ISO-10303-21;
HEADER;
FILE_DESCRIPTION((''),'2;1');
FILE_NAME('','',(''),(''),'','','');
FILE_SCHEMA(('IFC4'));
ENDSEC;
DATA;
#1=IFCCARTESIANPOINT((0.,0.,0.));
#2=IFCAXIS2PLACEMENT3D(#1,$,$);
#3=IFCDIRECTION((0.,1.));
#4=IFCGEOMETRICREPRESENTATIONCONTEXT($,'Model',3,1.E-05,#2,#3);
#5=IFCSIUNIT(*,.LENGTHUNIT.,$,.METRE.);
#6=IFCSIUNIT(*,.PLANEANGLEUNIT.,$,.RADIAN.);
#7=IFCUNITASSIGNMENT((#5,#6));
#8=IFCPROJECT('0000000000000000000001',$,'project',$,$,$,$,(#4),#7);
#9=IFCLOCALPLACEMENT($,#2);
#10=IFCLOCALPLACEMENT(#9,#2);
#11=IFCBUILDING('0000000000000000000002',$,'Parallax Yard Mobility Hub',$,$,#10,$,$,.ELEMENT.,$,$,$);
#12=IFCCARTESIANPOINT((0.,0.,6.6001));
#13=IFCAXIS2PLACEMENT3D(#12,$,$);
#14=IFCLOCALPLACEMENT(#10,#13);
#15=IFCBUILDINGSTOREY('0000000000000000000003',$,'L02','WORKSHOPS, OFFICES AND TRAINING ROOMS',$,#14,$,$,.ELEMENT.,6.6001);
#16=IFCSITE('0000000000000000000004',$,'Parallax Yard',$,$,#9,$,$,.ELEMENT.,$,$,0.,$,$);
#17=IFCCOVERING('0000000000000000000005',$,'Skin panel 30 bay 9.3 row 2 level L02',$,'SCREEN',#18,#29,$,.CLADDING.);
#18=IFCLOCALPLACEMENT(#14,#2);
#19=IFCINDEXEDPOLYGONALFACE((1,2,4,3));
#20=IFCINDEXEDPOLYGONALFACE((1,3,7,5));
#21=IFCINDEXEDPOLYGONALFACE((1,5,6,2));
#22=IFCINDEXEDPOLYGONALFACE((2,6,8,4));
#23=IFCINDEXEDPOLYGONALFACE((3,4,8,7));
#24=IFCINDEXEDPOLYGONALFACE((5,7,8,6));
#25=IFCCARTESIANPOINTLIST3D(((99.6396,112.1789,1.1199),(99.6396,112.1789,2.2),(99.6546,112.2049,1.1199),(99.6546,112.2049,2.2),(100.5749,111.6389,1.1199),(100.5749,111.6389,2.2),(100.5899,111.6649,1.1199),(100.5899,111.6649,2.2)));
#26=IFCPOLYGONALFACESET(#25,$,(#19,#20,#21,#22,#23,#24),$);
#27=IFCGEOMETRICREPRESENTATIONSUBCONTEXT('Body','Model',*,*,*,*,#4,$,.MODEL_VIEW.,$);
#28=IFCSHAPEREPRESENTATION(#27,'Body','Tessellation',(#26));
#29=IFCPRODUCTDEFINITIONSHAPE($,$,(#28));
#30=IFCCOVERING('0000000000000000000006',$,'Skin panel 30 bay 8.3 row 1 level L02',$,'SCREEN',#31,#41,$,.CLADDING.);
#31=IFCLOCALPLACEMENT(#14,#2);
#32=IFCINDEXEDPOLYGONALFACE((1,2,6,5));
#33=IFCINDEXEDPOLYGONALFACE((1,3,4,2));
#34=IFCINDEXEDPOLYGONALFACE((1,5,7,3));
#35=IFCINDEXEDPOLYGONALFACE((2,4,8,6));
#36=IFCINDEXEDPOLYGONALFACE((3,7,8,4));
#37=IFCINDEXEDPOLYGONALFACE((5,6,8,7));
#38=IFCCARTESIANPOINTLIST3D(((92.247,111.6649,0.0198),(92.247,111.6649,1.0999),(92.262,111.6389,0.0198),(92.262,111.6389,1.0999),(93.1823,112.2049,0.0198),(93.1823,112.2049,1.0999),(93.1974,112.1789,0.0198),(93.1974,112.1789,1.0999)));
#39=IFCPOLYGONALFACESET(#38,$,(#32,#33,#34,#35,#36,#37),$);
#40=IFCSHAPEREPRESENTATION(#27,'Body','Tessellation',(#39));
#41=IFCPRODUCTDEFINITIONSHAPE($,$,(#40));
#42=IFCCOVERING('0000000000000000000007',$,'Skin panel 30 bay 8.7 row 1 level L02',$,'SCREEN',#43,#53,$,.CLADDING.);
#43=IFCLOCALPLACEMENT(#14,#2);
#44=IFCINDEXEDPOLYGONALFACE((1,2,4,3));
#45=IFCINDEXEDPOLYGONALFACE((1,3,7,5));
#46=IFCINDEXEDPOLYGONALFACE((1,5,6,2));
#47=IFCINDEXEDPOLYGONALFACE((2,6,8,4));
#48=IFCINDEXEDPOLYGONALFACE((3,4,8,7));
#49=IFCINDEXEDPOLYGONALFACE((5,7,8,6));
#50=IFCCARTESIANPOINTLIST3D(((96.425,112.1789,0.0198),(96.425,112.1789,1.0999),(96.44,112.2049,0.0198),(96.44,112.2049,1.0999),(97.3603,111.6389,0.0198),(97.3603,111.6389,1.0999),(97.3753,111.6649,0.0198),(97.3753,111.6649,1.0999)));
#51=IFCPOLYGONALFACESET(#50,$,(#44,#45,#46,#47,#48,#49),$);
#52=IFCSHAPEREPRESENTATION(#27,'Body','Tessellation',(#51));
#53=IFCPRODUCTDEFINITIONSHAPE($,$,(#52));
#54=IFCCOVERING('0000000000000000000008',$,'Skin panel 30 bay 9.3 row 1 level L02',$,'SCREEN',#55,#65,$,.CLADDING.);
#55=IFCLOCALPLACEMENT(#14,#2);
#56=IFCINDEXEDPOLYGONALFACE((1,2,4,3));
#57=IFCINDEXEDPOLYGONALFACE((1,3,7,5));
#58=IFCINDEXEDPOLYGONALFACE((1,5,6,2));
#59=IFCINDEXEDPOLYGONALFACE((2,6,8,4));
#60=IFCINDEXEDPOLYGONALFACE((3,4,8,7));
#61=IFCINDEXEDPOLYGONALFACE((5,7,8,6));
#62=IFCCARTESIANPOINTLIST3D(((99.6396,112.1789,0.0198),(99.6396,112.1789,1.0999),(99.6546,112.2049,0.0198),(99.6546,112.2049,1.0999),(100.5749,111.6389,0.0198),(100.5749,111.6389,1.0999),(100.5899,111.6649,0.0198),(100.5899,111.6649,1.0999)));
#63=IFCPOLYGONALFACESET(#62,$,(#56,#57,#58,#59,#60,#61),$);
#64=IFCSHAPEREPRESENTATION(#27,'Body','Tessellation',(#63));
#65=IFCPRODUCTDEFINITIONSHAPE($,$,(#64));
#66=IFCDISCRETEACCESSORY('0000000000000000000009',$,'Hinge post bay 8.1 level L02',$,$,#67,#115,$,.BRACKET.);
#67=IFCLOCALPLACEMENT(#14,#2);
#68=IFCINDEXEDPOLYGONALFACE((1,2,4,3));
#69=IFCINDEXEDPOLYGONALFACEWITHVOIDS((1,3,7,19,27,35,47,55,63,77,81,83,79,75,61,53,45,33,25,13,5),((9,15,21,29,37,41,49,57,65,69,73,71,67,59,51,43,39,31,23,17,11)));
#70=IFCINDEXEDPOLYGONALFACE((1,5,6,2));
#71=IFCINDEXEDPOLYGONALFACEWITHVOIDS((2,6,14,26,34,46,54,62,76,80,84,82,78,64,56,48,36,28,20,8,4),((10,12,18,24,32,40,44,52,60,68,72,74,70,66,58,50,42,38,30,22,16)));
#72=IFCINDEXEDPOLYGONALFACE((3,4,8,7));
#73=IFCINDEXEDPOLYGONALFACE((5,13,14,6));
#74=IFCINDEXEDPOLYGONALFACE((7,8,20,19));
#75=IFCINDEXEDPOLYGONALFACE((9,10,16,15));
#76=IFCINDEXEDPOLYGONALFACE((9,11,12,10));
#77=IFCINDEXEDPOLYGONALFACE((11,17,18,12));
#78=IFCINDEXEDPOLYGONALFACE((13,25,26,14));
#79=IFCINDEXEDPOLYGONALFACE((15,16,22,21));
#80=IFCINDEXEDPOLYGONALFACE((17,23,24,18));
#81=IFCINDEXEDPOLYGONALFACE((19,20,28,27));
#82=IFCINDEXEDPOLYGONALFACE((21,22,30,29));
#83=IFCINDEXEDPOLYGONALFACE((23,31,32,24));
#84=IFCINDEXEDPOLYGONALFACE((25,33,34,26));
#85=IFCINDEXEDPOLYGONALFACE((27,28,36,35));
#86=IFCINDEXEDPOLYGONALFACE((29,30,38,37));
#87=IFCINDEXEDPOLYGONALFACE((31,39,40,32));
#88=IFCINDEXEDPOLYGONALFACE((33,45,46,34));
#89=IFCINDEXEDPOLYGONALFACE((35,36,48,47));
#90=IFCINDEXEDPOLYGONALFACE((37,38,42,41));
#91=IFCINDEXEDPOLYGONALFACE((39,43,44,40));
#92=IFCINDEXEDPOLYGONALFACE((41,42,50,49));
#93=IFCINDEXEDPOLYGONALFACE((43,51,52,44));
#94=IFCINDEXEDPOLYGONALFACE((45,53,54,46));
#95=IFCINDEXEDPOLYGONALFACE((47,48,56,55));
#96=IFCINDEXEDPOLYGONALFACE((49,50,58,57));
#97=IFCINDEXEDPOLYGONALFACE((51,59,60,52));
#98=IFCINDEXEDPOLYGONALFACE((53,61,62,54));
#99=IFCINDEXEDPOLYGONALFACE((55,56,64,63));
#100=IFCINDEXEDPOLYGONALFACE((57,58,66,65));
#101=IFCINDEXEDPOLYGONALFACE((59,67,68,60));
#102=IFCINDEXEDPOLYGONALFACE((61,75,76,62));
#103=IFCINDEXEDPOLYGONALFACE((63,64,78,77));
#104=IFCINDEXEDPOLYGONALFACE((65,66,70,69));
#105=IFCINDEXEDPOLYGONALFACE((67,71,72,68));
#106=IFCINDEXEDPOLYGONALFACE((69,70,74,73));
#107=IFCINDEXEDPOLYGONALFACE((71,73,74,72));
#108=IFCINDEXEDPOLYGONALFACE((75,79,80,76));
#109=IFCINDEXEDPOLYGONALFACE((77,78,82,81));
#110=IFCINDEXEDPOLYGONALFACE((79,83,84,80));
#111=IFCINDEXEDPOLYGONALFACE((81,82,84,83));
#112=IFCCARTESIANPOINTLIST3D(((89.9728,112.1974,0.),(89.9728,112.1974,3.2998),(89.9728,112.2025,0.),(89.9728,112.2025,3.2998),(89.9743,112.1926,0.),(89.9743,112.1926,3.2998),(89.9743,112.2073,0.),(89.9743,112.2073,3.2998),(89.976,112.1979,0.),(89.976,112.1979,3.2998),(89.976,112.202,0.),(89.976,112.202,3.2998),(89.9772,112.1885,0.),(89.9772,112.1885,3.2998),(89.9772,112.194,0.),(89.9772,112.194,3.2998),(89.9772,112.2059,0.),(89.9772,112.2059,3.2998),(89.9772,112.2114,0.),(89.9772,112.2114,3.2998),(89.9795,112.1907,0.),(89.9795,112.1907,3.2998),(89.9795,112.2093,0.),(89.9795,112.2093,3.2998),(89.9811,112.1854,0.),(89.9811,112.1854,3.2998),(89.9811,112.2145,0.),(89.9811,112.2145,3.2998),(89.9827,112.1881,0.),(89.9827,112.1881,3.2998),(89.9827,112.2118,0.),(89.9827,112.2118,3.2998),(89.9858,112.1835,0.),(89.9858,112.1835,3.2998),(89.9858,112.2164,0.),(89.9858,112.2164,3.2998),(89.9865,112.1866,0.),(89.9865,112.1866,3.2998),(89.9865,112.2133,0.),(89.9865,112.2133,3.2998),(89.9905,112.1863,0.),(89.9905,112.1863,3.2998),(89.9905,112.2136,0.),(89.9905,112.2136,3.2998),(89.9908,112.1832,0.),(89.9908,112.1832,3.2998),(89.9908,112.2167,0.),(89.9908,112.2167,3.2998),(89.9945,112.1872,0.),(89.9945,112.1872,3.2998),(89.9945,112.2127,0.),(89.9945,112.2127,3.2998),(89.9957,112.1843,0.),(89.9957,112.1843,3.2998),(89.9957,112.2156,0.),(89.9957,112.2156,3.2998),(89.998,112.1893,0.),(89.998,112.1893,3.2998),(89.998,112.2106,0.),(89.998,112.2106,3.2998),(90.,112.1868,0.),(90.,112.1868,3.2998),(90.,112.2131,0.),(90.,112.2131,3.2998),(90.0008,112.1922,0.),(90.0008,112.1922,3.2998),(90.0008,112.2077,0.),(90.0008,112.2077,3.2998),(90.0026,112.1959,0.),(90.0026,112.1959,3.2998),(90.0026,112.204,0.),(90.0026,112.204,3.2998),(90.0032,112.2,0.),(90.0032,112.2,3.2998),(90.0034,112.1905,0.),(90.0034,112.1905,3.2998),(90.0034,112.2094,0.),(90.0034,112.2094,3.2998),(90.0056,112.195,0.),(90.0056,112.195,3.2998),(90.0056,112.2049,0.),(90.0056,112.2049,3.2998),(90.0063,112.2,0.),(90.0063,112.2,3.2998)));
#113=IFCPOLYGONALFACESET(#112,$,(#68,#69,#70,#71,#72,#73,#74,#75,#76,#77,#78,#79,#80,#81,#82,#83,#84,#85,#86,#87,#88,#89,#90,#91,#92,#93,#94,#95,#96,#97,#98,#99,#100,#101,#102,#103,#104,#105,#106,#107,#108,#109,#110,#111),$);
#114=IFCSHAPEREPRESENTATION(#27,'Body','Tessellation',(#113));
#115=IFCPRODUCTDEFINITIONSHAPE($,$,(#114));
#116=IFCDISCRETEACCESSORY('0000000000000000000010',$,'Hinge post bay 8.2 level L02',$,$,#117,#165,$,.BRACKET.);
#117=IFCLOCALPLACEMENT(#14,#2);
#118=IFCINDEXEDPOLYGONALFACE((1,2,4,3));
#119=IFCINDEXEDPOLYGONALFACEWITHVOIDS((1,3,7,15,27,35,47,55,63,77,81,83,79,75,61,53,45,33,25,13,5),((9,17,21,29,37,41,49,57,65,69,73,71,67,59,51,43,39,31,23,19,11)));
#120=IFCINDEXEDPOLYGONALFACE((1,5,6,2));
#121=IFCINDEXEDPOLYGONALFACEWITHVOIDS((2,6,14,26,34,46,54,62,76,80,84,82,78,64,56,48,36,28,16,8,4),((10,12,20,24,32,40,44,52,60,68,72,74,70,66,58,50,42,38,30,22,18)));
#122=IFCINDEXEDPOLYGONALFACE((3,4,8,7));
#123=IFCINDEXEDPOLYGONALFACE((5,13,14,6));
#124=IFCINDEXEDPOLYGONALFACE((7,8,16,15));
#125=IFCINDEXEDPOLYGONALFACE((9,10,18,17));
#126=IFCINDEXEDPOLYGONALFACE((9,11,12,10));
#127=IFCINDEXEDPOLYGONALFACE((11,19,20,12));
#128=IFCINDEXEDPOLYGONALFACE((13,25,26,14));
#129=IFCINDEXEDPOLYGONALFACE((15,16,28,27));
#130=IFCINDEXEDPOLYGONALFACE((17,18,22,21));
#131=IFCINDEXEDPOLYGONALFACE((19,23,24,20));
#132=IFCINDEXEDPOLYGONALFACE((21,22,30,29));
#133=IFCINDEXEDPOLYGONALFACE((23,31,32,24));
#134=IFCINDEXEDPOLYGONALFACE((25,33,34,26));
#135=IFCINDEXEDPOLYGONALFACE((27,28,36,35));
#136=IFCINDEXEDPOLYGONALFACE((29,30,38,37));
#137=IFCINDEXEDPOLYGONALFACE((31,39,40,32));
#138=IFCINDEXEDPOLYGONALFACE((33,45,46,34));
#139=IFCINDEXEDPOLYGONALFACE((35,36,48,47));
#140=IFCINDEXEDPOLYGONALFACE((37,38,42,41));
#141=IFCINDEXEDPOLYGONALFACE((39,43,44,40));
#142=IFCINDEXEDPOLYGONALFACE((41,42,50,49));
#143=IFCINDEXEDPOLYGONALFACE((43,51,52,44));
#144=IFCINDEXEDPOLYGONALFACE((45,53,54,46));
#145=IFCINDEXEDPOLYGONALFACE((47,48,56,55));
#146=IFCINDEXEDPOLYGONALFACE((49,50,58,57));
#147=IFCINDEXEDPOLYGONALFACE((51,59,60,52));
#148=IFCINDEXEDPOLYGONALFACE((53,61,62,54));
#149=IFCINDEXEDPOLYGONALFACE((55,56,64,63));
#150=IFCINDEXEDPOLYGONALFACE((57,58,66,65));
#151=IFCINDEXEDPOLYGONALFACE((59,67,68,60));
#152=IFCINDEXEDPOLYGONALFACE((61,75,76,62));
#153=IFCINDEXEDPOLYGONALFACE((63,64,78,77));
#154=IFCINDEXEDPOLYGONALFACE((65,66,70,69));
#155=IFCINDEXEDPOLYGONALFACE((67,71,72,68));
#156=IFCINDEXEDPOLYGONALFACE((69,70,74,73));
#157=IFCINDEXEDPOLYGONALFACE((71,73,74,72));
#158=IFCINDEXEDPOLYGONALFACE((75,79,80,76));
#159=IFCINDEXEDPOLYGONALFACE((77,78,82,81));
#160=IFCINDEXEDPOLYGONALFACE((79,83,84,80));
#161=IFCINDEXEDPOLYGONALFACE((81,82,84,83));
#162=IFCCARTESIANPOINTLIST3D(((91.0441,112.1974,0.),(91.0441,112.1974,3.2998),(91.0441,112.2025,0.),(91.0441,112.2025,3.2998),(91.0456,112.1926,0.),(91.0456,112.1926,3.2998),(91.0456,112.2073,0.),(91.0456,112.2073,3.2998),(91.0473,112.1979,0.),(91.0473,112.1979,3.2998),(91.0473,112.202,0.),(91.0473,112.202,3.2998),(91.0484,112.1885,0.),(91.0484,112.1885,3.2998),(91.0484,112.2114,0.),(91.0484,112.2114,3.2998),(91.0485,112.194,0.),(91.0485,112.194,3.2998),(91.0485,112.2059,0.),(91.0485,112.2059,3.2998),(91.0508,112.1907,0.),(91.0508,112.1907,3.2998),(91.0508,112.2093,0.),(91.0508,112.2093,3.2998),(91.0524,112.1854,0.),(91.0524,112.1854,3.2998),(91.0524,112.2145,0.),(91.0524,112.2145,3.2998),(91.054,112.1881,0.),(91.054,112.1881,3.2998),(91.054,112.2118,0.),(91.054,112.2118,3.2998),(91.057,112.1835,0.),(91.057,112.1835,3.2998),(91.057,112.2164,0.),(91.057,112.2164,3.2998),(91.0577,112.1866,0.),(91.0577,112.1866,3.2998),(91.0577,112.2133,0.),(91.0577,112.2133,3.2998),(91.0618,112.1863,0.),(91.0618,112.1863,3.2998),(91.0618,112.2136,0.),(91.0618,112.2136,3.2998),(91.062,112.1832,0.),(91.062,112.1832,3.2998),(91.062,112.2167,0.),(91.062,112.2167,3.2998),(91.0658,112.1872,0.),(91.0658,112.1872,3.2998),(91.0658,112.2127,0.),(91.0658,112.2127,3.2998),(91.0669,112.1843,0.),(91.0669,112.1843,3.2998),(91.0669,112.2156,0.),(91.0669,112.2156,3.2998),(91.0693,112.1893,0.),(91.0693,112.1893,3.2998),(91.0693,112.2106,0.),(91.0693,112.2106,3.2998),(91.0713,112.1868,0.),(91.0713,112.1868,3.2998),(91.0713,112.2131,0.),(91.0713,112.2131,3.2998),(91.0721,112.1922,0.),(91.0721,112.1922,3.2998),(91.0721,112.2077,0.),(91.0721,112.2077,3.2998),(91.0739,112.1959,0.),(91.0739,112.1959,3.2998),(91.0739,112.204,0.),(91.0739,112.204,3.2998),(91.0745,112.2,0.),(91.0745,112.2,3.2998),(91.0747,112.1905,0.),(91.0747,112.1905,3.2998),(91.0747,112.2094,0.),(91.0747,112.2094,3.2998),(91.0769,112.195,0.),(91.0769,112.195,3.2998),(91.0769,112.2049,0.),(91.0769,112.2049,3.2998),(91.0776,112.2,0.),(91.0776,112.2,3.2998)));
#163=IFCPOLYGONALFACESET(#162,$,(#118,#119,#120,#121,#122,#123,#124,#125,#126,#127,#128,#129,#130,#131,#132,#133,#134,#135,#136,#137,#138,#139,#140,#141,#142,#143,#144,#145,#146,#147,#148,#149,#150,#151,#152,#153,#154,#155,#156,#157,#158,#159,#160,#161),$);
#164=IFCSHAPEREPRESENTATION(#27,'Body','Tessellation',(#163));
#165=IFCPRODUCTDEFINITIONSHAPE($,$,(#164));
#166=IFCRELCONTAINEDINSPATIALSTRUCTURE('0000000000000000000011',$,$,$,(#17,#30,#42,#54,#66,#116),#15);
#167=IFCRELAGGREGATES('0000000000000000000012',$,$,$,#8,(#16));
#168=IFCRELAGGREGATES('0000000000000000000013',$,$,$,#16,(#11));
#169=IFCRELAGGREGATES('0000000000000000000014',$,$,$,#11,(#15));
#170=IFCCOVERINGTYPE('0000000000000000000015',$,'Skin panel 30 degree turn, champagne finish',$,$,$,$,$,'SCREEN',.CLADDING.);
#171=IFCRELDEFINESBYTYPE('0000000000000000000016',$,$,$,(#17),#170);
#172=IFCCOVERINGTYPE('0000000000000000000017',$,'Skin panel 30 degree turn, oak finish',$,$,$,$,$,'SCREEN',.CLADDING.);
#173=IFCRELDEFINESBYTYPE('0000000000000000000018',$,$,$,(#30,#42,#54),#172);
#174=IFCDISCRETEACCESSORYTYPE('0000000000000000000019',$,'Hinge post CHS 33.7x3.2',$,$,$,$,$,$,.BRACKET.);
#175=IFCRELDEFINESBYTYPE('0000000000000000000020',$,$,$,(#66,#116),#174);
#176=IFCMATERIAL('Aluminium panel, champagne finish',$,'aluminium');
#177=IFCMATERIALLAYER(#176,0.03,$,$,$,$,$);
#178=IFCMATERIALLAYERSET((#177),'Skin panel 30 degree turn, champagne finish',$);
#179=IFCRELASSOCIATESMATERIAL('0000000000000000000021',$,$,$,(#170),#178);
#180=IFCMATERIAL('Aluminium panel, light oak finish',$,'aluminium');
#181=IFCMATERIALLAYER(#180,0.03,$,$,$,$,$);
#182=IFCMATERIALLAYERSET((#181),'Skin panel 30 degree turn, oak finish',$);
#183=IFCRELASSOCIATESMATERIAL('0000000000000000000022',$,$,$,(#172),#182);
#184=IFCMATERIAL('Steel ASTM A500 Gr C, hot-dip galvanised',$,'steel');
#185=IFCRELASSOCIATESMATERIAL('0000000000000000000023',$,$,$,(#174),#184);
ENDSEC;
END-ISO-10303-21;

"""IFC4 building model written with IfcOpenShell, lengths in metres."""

from ifc_helpers import new_model, si_unit, direction, frame, origin, origin_2d, place, context, subcontext, project, spatial, rectangle, hollow_circle, extrude, material, layer, layer_set, material_profile, profile_set, type_object, element, save


model = new_model("IFC4")

# Units and contexts
model_context = context("Model", 3, precision=1e-05, world=origin(), true_north=direction((0.0, 1.0)))
body_context = subcontext(model_context, "Body", "Model", "MODEL_VIEW")
ifc_project = project(units=[si_unit("LENGTHUNIT", "METRE"), si_unit("PLANEANGLEUNIT", "RADIAN")], contexts=[model_context])

# Site, building, storey
site_placement = place(None, origin())
site = spatial("IfcSite", under=ifc_project, at=site_placement, Name="Parallax Yard", CompositionType="ELEMENT", RefElevation=0.0)
building_placement = place(site_placement, origin())
building = spatial("IfcBuilding", under=site, at=building_placement, Name="Parallax Yard Mobility Hub", CompositionType="ELEMENT")
storey_placement = place(building_placement, frame((0.0, 0.0, 6.6001)))
storey = spatial("IfcBuildingStorey", under=building, at=storey_placement, Name="L02", Description="WORKSHOPS, OFFICES AND TRAINING ROOMS", CompositionType="ELEMENT", Elevation=6.6001)

# Coverings
ifc_material_1 = material(Name="Aluminium panel, champagne finish", Category="aluminium")
ifc_material_2 = material(Name="Aluminium panel, light oak finish", Category="aluminium")
ifc_layer_1 = layer(ifc_material_1, 0.03)
ifc_layer_set_1 = layer_set([ifc_layer_1], Name="Skin panel 30 degree turn, champagne finish")
covering_type_1 = type_object("IfcCoveringType", Name="Skin panel 30 degree turn, champagne finish", ElementType="SCREEN", PredefinedType="CLADDING", material=ifc_layer_set_1)
for number, where, z_axis, x_axis, name in (
    (1, (100.1147, 111.9219, 1.1199), (0.0, 0.0, 1.0), (0.866025, -0.5, 0.0), "Skin panel 30 bay 9.3 row 2 level L02"),
):
    element("IfcCovering", number, at=place(storey_placement, frame(where, z_axis=z_axis, x_axis=x_axis)), inside=storey, type_object=covering_type_1, Name=name, ObjectType="SCREEN", PredefinedType="CLADDING", context=body_context, shape_type="SweptSolid", body=[
        extrude(rectangle(XDim=1.0801, YDim=0.03, at=origin_2d()), origin(), (0.0, 0.0, 1.0), 1.0801),
    ])
ifc_layer_2 = layer(ifc_material_2, 0.03)
ifc_layer_set_2 = layer_set([ifc_layer_2], Name="Skin panel 30 degree turn, oak finish")
covering_type_2 = type_object("IfcCoveringType", Name="Skin panel 30 degree turn, oak finish", ElementType="SCREEN", PredefinedType="CLADDING", material=ifc_layer_set_2)
for number, where, z_axis, x_axis, name in (
    (2, (92.7222, 111.9219, 0.0198), (0.0, 0.0, 1.0), (-0.866025, -0.5, 0.0), "Skin panel 30 bay 8.3 row 1 level L02"),
    (3, (96.9001, 111.9219, 0.0198), (0.0, 0.0, 1.0), (0.866025, -0.5, 0.0), "Skin panel 30 bay 8.7 row 1 level L02"),
    (4, (100.1147, 111.9219, 0.0198), (0.0, 0.0, 1.0), (0.866025, -0.5, 0.0), "Skin panel 30 bay 9.3 row 1 level L02"),
):
    element("IfcCovering", number, at=place(storey_placement, frame(where, z_axis=z_axis, x_axis=x_axis)), inside=storey, type_object=covering_type_2, Name=name, ObjectType="SCREEN", PredefinedType="CLADDING", context=body_context, shape_type="SweptSolid", body=[
        extrude(rectangle(XDim=1.0801, YDim=0.03, at=origin_2d()), origin(), (0.0, 0.0, 1.0), 1.0801),
    ])

# Discrete accessories
ifc_material_3 = material(Name="Steel ASTM A500 Gr C, hot-dip galvanised", Category="steel")
ifc_material_profile = material_profile(ifc_material_3, hollow_circle(Radius=0.0168, WallThickness=0.0032, at=origin_2d()), Name="CHS 33.7x3.2")
ifc_profile_set = profile_set([ifc_material_profile], Name="Steel ASTM A500 Gr C, hot-dip galvanised")
discrete_accessory_type = type_object("IfcDiscreteAccessoryType", Name="Hinge post CHS 33.7x3.2", PredefinedType="BRACKET", material=ifc_profile_set)
for number, where, z_axis, x_axis, name in (
    (5, (89.9895, 112.2, 0.0), (0.0, 0.0, 1.0), (1.0, 0.0, 0.0), "Hinge post bay 8.1 level L02"),
    (6, (91.0608, 112.2, 0.0), (0.0, 0.0, 1.0), (1.0, 0.0, 0.0), "Hinge post bay 8.2 level L02"),
):
    element("IfcDiscreteAccessory", number, at=place(storey_placement, frame(where, z_axis=z_axis, x_axis=x_axis)), inside=storey, type_object=discrete_accessory_type, Name=name, PredefinedType="BRACKET", context=body_context, shape_type="SweptSolid", body=[
        extrude(hollow_circle(Radius=0.0168, WallThickness=0.0032, at=origin_2d()), origin(), (0.0, 0.0, 1.0), 3.2998),
    ])

save(model, "model.ifc")
